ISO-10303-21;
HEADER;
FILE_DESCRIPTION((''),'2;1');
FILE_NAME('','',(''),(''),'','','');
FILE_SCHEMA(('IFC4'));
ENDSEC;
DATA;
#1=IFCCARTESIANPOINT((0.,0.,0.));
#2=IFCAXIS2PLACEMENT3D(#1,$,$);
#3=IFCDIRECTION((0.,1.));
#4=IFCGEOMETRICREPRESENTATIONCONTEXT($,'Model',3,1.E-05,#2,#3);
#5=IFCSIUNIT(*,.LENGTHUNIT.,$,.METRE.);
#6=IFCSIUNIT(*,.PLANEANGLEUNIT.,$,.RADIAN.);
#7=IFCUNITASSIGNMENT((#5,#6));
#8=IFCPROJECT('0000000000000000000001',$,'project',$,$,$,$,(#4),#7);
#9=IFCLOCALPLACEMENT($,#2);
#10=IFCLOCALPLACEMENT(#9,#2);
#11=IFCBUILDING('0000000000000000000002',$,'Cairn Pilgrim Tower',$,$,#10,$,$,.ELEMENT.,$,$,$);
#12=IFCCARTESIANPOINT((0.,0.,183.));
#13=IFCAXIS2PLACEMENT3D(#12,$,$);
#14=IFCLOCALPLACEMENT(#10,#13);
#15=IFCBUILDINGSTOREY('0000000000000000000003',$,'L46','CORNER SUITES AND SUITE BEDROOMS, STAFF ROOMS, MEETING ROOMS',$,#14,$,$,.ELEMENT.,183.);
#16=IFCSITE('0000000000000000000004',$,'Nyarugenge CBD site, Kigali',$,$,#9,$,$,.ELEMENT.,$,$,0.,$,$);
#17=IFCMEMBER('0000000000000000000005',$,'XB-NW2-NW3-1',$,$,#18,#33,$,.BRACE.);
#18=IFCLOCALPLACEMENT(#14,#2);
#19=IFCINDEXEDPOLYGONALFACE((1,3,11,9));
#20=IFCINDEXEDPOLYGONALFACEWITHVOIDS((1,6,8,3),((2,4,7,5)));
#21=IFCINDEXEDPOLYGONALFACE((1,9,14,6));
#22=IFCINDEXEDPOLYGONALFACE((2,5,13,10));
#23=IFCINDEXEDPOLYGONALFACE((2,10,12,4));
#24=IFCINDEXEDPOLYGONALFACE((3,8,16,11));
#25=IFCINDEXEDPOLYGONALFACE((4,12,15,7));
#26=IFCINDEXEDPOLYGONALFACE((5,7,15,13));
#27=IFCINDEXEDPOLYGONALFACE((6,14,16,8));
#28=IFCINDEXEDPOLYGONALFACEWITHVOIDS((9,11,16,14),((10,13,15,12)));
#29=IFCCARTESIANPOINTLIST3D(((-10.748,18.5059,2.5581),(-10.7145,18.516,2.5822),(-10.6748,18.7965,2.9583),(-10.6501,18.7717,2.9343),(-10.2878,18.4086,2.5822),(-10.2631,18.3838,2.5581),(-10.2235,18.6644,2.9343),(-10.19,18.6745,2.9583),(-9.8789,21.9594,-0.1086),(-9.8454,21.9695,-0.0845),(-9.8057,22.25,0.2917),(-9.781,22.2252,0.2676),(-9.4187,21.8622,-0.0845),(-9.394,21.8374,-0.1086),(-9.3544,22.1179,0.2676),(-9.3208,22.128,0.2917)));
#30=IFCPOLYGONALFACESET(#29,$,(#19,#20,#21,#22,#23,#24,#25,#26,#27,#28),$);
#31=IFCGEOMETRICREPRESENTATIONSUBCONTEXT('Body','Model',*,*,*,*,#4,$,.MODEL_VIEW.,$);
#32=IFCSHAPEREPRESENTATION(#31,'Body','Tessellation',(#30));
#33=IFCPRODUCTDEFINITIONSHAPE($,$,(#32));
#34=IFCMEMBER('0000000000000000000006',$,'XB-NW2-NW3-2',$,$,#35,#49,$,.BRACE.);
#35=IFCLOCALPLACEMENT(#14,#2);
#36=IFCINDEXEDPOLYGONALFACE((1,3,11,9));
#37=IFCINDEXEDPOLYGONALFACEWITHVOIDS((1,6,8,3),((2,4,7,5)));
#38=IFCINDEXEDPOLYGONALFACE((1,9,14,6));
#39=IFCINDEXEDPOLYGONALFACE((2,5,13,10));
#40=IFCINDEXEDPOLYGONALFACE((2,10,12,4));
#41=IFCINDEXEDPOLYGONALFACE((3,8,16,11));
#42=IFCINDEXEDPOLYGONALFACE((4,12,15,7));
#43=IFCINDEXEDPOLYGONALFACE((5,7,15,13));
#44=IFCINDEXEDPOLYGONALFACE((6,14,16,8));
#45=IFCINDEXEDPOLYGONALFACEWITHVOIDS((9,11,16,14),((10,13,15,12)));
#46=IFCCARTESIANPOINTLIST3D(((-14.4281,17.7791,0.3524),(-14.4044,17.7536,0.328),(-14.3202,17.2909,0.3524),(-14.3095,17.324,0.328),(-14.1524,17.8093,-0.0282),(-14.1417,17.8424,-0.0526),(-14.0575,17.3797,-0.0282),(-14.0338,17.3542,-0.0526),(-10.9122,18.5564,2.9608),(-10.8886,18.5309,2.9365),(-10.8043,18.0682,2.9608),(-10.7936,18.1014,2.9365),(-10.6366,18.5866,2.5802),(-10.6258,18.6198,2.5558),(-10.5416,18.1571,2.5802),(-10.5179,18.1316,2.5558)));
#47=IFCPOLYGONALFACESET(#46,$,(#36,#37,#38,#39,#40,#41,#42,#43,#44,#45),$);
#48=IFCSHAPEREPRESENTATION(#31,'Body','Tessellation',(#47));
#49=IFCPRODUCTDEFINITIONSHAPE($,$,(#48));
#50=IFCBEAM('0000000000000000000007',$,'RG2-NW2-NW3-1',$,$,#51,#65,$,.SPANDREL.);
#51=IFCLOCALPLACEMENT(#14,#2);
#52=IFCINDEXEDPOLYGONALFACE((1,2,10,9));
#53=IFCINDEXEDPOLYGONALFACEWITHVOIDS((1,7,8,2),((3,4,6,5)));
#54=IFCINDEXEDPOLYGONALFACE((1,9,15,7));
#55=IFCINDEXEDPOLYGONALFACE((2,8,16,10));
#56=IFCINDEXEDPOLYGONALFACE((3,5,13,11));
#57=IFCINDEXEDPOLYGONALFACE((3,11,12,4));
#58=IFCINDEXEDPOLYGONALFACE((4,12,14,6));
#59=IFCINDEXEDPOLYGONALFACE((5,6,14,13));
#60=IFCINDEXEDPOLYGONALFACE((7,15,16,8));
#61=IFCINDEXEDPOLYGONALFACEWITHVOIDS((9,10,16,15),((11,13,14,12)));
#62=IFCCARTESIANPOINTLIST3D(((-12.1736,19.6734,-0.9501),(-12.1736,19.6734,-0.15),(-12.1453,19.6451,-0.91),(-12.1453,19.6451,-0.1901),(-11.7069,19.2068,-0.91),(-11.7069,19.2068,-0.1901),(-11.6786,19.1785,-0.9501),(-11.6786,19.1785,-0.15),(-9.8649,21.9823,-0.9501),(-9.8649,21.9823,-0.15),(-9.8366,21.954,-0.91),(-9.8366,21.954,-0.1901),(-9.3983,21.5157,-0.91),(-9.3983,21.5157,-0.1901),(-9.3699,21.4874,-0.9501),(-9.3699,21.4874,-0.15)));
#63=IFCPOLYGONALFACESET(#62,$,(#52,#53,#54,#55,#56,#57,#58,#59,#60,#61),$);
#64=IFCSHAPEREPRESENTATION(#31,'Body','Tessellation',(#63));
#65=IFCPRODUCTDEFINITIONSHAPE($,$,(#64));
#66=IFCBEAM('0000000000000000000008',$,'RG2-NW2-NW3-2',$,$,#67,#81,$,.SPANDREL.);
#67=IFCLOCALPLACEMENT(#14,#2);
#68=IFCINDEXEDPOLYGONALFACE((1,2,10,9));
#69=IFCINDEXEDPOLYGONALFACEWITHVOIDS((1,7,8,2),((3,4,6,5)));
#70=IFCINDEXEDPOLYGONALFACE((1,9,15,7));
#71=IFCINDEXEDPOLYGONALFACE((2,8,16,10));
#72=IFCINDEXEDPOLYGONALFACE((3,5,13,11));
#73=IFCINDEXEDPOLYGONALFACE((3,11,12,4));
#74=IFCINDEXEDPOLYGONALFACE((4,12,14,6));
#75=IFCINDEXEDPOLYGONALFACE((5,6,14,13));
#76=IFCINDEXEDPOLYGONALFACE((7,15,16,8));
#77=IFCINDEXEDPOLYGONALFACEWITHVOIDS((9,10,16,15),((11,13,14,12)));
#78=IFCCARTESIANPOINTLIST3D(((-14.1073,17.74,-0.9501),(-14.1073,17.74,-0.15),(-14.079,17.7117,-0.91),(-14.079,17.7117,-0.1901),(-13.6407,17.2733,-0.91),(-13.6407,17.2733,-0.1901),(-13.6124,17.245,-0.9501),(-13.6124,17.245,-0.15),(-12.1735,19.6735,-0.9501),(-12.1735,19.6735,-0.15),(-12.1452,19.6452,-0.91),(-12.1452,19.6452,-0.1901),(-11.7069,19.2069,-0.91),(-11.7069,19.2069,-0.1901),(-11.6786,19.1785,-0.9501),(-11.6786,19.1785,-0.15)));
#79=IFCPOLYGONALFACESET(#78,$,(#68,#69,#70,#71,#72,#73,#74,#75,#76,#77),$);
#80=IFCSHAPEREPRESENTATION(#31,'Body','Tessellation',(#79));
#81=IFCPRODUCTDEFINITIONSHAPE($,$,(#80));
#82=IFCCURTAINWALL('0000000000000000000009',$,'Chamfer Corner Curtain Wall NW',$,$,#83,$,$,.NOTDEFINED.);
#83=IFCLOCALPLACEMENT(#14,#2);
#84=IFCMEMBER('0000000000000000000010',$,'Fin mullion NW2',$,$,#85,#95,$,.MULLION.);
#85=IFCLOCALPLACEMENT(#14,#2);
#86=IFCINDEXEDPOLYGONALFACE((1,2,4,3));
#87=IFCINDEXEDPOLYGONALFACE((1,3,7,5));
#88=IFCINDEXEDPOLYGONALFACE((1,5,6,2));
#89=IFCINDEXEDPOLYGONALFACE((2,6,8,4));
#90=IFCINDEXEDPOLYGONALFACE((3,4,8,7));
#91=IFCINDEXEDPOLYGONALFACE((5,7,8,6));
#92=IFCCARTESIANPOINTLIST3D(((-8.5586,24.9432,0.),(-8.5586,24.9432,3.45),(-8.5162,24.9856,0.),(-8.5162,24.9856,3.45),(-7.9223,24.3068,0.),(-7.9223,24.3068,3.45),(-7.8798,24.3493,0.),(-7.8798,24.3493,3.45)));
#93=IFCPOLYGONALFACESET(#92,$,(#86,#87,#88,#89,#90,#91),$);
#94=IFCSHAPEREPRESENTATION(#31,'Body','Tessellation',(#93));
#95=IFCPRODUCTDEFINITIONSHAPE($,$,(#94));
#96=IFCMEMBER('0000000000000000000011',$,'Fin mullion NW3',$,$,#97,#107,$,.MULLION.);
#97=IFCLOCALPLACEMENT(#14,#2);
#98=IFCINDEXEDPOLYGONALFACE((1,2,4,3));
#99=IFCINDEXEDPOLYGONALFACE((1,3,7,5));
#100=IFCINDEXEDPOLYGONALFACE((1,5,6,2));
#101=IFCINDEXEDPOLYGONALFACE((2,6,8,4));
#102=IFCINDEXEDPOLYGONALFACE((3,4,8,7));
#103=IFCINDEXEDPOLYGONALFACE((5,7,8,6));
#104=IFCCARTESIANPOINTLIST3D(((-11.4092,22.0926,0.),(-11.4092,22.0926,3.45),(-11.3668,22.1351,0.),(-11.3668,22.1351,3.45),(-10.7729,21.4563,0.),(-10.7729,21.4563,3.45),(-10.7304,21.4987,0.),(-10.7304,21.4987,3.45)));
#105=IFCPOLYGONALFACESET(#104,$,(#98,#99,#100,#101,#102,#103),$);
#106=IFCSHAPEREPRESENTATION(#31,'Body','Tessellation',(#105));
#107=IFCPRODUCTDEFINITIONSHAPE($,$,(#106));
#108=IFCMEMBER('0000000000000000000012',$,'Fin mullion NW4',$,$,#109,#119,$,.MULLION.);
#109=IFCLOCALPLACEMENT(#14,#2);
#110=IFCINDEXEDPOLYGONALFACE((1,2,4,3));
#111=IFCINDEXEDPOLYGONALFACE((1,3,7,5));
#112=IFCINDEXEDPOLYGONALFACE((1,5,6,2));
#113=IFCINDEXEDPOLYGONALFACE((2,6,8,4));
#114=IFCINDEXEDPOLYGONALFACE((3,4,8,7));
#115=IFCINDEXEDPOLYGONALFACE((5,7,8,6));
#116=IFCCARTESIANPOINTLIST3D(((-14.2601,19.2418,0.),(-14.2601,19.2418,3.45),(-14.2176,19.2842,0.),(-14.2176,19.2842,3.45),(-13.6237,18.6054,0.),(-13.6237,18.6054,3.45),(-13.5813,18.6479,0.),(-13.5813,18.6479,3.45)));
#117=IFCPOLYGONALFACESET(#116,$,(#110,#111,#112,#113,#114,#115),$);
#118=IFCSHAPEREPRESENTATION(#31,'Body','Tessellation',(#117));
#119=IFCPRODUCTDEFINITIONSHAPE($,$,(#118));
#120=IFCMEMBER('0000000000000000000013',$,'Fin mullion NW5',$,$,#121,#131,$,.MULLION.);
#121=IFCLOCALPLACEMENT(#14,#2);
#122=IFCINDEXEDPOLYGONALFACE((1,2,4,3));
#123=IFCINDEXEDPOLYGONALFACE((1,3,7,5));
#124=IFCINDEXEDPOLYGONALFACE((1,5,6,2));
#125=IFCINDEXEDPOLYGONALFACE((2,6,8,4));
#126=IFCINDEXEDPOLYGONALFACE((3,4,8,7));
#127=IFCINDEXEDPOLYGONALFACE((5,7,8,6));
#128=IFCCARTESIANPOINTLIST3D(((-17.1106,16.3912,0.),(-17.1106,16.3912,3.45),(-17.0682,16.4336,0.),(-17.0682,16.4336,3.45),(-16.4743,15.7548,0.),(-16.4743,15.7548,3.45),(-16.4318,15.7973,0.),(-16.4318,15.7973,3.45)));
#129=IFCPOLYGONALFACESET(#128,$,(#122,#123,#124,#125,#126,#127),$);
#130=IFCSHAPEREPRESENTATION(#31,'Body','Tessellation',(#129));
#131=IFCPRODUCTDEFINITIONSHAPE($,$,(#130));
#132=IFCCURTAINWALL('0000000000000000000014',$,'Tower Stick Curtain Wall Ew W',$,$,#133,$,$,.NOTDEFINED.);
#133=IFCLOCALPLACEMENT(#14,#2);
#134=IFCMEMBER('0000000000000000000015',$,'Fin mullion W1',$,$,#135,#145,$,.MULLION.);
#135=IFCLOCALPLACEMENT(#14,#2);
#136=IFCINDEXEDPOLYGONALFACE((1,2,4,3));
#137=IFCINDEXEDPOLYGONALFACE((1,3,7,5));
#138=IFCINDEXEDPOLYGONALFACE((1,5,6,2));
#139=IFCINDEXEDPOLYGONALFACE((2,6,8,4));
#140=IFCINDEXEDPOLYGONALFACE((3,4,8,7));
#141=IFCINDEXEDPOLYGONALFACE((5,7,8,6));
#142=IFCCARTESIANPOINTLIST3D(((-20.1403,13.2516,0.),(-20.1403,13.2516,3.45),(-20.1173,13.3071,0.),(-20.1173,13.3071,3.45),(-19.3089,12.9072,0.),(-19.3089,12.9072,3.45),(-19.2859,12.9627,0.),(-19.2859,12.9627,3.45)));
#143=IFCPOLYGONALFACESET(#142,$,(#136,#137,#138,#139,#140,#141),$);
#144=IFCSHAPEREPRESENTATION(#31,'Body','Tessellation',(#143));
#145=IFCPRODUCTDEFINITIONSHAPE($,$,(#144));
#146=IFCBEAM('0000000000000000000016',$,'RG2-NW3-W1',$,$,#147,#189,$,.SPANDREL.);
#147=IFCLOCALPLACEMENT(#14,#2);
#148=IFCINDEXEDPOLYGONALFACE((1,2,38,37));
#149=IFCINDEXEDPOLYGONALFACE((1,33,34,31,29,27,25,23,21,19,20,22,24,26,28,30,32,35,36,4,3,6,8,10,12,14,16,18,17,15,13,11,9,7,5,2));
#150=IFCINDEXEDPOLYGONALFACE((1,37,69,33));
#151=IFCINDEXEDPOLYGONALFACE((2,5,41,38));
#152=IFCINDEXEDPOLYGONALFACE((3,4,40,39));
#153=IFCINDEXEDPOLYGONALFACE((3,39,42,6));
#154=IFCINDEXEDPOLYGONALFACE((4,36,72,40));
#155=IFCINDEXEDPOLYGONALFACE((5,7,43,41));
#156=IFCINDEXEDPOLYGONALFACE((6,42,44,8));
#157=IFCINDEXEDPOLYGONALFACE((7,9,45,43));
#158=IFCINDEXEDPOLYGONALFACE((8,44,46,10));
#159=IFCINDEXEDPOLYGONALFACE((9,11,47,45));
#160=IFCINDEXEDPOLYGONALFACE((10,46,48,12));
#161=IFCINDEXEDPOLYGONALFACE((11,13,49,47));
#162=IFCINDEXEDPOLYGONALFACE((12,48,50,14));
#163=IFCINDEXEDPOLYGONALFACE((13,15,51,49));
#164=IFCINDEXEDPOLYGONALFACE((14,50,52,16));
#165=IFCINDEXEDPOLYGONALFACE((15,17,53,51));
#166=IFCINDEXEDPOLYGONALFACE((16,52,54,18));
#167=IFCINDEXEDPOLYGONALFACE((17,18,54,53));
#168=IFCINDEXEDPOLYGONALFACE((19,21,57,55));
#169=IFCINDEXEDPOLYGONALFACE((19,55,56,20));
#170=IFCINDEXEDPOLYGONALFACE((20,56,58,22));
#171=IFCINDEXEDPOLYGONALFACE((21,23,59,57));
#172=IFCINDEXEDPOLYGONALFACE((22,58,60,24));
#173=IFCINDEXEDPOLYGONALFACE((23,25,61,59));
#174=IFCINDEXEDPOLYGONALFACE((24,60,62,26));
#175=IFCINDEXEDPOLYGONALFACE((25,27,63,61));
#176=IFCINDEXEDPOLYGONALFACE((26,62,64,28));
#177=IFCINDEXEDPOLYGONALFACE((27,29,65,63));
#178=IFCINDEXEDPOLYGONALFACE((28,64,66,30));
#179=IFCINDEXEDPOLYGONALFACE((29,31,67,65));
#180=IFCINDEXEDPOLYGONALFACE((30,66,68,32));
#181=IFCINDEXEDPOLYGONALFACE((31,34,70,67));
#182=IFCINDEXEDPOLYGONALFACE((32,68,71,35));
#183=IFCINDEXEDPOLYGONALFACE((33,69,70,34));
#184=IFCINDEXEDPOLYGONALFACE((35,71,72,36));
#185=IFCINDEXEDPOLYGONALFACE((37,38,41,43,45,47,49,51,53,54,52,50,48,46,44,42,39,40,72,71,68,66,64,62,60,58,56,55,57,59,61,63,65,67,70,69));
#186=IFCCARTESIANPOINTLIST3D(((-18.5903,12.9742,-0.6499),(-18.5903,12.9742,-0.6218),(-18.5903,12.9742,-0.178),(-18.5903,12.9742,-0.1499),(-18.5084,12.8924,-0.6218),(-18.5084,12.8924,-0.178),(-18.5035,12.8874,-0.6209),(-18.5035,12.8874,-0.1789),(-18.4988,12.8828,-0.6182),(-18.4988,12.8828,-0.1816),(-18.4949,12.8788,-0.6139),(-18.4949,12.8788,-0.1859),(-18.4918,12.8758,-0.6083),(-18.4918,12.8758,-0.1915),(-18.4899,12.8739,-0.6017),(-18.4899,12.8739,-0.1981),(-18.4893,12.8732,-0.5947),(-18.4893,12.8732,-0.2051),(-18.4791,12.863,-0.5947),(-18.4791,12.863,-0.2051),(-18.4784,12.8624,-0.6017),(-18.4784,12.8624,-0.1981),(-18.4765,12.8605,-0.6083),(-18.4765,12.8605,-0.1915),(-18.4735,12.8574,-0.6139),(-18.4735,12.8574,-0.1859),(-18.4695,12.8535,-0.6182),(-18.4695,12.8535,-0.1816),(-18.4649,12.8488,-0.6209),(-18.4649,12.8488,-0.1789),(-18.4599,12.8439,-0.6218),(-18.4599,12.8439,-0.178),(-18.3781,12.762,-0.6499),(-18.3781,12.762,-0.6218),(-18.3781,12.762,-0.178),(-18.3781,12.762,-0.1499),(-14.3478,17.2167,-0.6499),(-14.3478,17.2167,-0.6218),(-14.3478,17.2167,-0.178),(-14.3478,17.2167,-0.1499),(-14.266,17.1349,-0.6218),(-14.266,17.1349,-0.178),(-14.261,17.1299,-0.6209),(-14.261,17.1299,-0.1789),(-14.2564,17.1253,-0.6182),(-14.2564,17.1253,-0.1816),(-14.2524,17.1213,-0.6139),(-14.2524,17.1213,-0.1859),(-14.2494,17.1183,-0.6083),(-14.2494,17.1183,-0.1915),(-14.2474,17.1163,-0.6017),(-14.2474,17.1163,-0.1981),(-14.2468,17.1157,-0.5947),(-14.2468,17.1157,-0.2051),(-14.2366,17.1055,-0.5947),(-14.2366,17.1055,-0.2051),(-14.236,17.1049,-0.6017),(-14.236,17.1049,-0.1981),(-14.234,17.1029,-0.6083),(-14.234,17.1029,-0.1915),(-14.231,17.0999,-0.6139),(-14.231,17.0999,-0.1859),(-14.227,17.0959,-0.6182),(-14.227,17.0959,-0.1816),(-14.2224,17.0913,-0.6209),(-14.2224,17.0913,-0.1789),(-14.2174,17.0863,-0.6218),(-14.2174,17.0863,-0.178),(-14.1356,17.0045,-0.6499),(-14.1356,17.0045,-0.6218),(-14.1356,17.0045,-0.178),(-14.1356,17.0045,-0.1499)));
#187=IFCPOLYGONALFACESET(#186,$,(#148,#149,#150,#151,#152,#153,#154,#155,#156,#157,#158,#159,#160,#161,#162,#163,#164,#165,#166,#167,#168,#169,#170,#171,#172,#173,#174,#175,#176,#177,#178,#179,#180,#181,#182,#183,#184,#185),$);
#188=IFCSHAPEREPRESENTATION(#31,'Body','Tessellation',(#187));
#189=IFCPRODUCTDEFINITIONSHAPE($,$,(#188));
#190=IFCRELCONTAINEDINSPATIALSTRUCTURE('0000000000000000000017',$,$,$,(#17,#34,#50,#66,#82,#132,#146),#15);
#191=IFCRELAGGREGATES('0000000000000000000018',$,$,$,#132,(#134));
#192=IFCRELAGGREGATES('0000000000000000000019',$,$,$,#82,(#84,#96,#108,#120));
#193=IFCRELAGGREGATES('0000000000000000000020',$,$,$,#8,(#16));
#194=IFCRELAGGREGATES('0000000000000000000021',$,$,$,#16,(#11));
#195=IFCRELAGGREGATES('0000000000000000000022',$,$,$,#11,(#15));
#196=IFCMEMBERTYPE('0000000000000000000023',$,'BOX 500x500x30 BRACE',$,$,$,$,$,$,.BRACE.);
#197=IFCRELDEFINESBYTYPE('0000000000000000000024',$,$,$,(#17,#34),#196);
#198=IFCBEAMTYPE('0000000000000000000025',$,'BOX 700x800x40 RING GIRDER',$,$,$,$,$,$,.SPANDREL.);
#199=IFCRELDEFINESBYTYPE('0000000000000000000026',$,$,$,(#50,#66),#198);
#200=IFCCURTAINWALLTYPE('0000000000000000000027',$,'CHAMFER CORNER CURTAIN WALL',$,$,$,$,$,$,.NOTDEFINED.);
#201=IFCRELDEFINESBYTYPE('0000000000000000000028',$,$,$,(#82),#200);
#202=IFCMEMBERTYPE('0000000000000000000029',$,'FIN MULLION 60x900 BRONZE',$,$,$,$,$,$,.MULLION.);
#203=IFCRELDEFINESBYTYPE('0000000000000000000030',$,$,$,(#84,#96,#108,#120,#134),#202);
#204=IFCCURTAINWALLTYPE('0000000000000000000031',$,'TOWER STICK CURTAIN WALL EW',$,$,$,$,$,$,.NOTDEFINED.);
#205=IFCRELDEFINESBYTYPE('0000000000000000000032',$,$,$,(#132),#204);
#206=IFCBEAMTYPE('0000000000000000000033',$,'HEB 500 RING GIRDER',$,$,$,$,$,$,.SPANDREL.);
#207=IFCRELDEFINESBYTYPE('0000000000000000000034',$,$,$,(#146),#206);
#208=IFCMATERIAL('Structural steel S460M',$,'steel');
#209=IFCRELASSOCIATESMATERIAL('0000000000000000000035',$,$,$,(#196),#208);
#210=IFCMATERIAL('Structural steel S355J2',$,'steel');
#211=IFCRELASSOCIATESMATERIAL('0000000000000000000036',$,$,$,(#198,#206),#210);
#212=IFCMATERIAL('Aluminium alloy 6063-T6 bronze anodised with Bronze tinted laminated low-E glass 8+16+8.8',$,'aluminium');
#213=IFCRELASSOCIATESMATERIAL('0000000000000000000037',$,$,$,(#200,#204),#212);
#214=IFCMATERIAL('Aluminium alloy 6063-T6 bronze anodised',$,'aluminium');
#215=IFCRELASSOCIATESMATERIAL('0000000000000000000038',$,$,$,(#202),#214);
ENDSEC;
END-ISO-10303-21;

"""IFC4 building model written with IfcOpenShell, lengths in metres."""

from ifc_helpers import new_model, si_unit, direction, frame, origin, origin_2d, place, context, subcontext, project, spatial, rectangle, hollow_rectangle, i_section, extrude, material, material_profile, profile_set, type_object, element, aggregate, save


model = new_model("IFC4")

# Units and contexts
model_context = context("Model", 3, precision=1e-05, world=origin(), true_north=direction((0.0, 1.0)))
body_context = subcontext(model_context, "Body", "Model", "MODEL_VIEW")
ifc_project = project(units=[si_unit("LENGTHUNIT", "METRE"), si_unit("PLANEANGLEUNIT", "RADIAN")], contexts=[model_context])

# Site, building, storey
site_placement = place(None, origin())
site = spatial("IfcSite", under=ifc_project, at=site_placement, Name="Nyarugenge CBD site, Kigali", CompositionType="ELEMENT", RefElevation=0.0)
building_placement = place(site_placement, origin())
building = spatial("IfcBuilding", under=site, at=building_placement, Name="Cairn Pilgrim Tower", CompositionType="ELEMENT")
storey_placement = place(building_placement, frame((0.0, 0.0, 183.0)))
storey = spatial("IfcBuildingStorey", under=building, at=storey_placement, Name="L46", Description="CORNER SUITES AND SUITE BEDROOMS, STAFF ROOMS, MEETING ROOMS", CompositionType="ELEMENT", Elevation=183.0)

# Shared definitions
ifc_material_1 = material(Name="Structural steel S460M", Category="steel")

# Members
ifc_material_profile_1 = material_profile(ifc_material_1, hollow_rectangle(XDim=0.5, YDim=0.5, WallThickness=0.03, at=origin_2d()), Name="BOX 500x500x30")
ifc_profile_set_1 = profile_set([ifc_material_profile_1], Name="Structural steel S460M")
member_type_1 = type_object("IfcMemberType", Name="BOX 500x500x30 BRACE", PredefinedType="BRACE", material=ifc_profile_set_1)
member_1_placement = place(storey_placement, frame((-9.5999, 22.0437, 0.0916), z_axis=(-0.195352, -0.776252, 0.599392), x_axis=(0.969762, -0.244052, 0.0)))
element("IfcMember", 1, at=member_1_placement, inside=storey, type_object=member_type_1, Name="XB-NW2-NW3-1", PredefinedType="BRACE", context=body_context, shape_type="SweptSolid", body=[
    extrude(hollow_rectangle(XDim=0.5, YDim=0.5, WallThickness=0.03, at=origin_2d()), origin(), (0.0, 0.0, 1.0), 4.449),
])
member_2_placement = place(storey_placement, frame((-14.231, 17.5667, 0.1499), z_axis=(0.790745, 0.17483, 0.586648), x_axis=(-0.215882, 0.976419, 0.0)))
element("IfcMember", 2, at=member_2_placement, inside=storey, type_object=member_type_1, Name="XB-NW2-NW3-2", PredefinedType="BRACE", context=body_context, shape_type="SweptSolid", body=[
    extrude(hollow_rectangle(XDim=0.5, YDim=0.5, WallThickness=0.03, at=origin_2d()), origin(), (0.0, 0.0, 1.0), 4.4463),
])

# Beams
ifc_material_2 = material(Name="Structural steel S355J2", Category="steel")
ifc_material_profile_2 = material_profile(ifc_material_2, hollow_rectangle(XDim=0.7, YDim=0.8, WallThickness=0.04, at=origin_2d()), Name="BOX 700x800x40")
ifc_profile_set_2 = profile_set([ifc_material_profile_2], Name="Structural steel S355J2")
beam_type_1 = type_object("IfcBeamType", Name="BOX 700x800x40 RING GIRDER", PredefinedType="SPANDREL", material=ifc_profile_set_2)
beam_1_placement = place(storey_placement, frame((-9.6174, 21.7349, -0.55), z_axis=(-0.707069, -0.707144, 0.0), x_axis=(0.707144, -0.707069, 0.0)))
element("IfcBeam", 3, at=beam_1_placement, inside=storey, type_object=beam_type_1, Name="RG2-NW2-NW3-1", PredefinedType="SPANDREL", context=body_context, shape_type="SweptSolid", body=[
    extrude(hollow_rectangle(XDim=0.7, YDim=0.8, WallThickness=0.04, at=origin_2d()), origin(), (0.0, 0.0, 1.0), 3.2651),
])
beam_2_placement = place(storey_placement, frame((-11.926, 19.426, -0.55), z_axis=(-0.707151, -0.707062, 0.0), x_axis=(0.707062, -0.707151, 0.0)))
element("IfcBeam", 4, at=beam_2_placement, inside=storey, type_object=beam_type_1, Name="RG2-NW2-NW3-2", PredefinedType="SPANDREL", context=body_context, shape_type="SweptSolid", body=[
    extrude(hollow_rectangle(XDim=0.7, YDim=0.8, WallThickness=0.04, at=origin_2d()), origin(), (0.0, 0.0, 1.0), 2.7346),
])

# Curtain wall, members
ifc_material_3 = material(Name="Aluminium alloy 6063-T6 bronze anodised with Bronze tinted laminated low-E glass 8+16+8.8", Category="aluminium")
curtain_wall_type_1 = type_object("IfcCurtainWallType", Name="CHAMFER CORNER CURTAIN WALL", PredefinedType="NOTDEFINED", material=ifc_material_3)
curtain_wall_1_placement = place(storey_placement, origin())
curtain_wall_1 = element("IfcCurtainWall", 5, at=curtain_wall_1_placement, inside=storey, type_object=curtain_wall_type_1, Name="Chamfer Corner Curtain Wall NW", PredefinedType="NOTDEFINED")
ifc_material_4 = material(Name="Aluminium alloy 6063-T6 bronze anodised", Category="aluminium")
ifc_material_profile_3 = material_profile(ifc_material_4, rectangle(XDim=0.8999, YDim=0.0601, at=origin_2d()), Name="FIN MULLION 60x900 BRONZE")
ifc_profile_set_3 = profile_set([ifc_material_profile_3], Name="Aluminium alloy 6063-T6 bronze anodised")
member_type_2 = type_object("IfcMemberType", Name="FIN MULLION 60x900 BRONZE", PredefinedType="MULLION", material=ifc_profile_set_3)
member_3_placement = place(storey_placement, frame((-8.2192, 24.6462, 0.0), z_axis=(0.0, 0.0, 1.0), x_axis=(-0.707107, 0.707107, 0.0)))
member_3 = element("IfcMember", 6, at=member_3_placement, type_object=member_type_2, Name="Fin mullion NW2", PredefinedType="MULLION", context=body_context, shape_type="SweptSolid", body=[
    extrude(rectangle(XDim=0.8999, YDim=0.0601, at=origin_2d()), origin(), (0.0, 0.0, 1.0), 3.45),
])
member_4_placement = place(storey_placement, frame((-11.0698, 21.7957, 0.0), z_axis=(0.0, 0.0, 1.0), x_axis=(-0.707107, 0.707107, 0.0)))
member_4 = element("IfcMember", 7, at=member_4_placement, type_object=member_type_2, Name="Fin mullion NW3", PredefinedType="MULLION", context=body_context, shape_type="SweptSolid", body=[
    extrude(rectangle(XDim=0.8999, YDim=0.0601, at=origin_2d()), origin(), (0.0, 0.0, 1.0), 3.45),
])
member_5_placement = place(storey_placement, frame((-13.9207, 18.9448, 0.0), z_axis=(0.0, 0.0, 1.0), x_axis=(-0.707107, 0.707107, 0.0)))
member_5 = element("IfcMember", 8, at=member_5_placement, type_object=member_type_2, Name="Fin mullion NW4", PredefinedType="MULLION", context=body_context, shape_type="SweptSolid", body=[
    extrude(rectangle(XDim=0.8999, YDim=0.0601, at=origin_2d()), origin(), (0.0, 0.0, 1.0), 3.45),
])
member_6_placement = place(storey_placement, frame((-16.7712, 16.0942, 0.0), z_axis=(0.0, 0.0, 1.0), x_axis=(-0.707107, 0.707107, 0.0)))
member_6 = element("IfcMember", 9, at=member_6_placement, type_object=member_type_2, Name="Fin mullion NW5", PredefinedType="MULLION", context=body_context, shape_type="SweptSolid", body=[
    extrude(rectangle(XDim=0.8999, YDim=0.0601, at=origin_2d()), origin(), (0.0, 0.0, 1.0), 3.45),
])

# Curtain wall, member
curtain_wall_type_2 = type_object("IfcCurtainWallType", Name="TOWER STICK CURTAIN WALL EW", PredefinedType="NOTDEFINED", material=ifc_material_3)
curtain_wall_2_placement = place(storey_placement, origin())
curtain_wall_2 = element("IfcCurtainWall", 10, at=curtain_wall_2_placement, inside=storey, type_object=curtain_wall_type_2, Name="Tower Stick Curtain Wall Ew W", PredefinedType="NOTDEFINED")
member_7_placement = place(storey_placement, frame((-19.7131, 13.1072, 0.0), z_axis=(0.0, 0.0, 1.0), x_axis=(-0.92388, 0.382683, 0.0)))
member_7 = element("IfcMember", 11, at=member_7_placement, type_object=member_type_2, Name="Fin mullion W1", PredefinedType="MULLION", context=body_context, shape_type="SweptSolid", body=[
    extrude(rectangle(XDim=0.8999, YDim=0.0601, at=origin_2d()), origin(), (0.0, 0.0, 1.0), 3.45),
])
aggregate(curtain_wall_2, [member_7])

# Beam
ifc_material_profile_4 = material_profile(ifc_material_2, i_section(OverallWidth=0.3, OverallDepth=0.5, WebThickness=0.0144, FlangeThickness=0.0281, FilletRadius=0.0271, at=origin_2d()), Name="HEB 500")
ifc_profile_set_4 = profile_set([ifc_material_profile_4], Name="Structural steel S355J2")
beam_type_2 = type_object("IfcBeamType", Name="HEB 500 RING GIRDER", PredefinedType="SPANDREL", material=ifc_profile_set_4)
beam_3_placement = place(storey_placement, frame((-14.2417, 17.1106, -0.3999), z_axis=(-0.707107, -0.707107, 0.0), x_axis=(0.707107, -0.707107, 0.0)))
element("IfcBeam", 12, at=beam_3_placement, inside=storey, type_object=beam_type_2, Name="RG2-NW3-W1", PredefinedType="SPANDREL", context=body_context, shape_type="SweptSolid", body=[
    extrude(i_section(OverallWidth=0.3, OverallDepth=0.5, WebThickness=0.0144, FlangeThickness=0.0281, FilletRadius=0.0271, at=origin_2d()), origin(), (0.0, 0.0, 1.0), 5.9998),
])

aggregate(curtain_wall_1, [member_3, member_4, member_5, member_6])

save(model, "model.ifc")
